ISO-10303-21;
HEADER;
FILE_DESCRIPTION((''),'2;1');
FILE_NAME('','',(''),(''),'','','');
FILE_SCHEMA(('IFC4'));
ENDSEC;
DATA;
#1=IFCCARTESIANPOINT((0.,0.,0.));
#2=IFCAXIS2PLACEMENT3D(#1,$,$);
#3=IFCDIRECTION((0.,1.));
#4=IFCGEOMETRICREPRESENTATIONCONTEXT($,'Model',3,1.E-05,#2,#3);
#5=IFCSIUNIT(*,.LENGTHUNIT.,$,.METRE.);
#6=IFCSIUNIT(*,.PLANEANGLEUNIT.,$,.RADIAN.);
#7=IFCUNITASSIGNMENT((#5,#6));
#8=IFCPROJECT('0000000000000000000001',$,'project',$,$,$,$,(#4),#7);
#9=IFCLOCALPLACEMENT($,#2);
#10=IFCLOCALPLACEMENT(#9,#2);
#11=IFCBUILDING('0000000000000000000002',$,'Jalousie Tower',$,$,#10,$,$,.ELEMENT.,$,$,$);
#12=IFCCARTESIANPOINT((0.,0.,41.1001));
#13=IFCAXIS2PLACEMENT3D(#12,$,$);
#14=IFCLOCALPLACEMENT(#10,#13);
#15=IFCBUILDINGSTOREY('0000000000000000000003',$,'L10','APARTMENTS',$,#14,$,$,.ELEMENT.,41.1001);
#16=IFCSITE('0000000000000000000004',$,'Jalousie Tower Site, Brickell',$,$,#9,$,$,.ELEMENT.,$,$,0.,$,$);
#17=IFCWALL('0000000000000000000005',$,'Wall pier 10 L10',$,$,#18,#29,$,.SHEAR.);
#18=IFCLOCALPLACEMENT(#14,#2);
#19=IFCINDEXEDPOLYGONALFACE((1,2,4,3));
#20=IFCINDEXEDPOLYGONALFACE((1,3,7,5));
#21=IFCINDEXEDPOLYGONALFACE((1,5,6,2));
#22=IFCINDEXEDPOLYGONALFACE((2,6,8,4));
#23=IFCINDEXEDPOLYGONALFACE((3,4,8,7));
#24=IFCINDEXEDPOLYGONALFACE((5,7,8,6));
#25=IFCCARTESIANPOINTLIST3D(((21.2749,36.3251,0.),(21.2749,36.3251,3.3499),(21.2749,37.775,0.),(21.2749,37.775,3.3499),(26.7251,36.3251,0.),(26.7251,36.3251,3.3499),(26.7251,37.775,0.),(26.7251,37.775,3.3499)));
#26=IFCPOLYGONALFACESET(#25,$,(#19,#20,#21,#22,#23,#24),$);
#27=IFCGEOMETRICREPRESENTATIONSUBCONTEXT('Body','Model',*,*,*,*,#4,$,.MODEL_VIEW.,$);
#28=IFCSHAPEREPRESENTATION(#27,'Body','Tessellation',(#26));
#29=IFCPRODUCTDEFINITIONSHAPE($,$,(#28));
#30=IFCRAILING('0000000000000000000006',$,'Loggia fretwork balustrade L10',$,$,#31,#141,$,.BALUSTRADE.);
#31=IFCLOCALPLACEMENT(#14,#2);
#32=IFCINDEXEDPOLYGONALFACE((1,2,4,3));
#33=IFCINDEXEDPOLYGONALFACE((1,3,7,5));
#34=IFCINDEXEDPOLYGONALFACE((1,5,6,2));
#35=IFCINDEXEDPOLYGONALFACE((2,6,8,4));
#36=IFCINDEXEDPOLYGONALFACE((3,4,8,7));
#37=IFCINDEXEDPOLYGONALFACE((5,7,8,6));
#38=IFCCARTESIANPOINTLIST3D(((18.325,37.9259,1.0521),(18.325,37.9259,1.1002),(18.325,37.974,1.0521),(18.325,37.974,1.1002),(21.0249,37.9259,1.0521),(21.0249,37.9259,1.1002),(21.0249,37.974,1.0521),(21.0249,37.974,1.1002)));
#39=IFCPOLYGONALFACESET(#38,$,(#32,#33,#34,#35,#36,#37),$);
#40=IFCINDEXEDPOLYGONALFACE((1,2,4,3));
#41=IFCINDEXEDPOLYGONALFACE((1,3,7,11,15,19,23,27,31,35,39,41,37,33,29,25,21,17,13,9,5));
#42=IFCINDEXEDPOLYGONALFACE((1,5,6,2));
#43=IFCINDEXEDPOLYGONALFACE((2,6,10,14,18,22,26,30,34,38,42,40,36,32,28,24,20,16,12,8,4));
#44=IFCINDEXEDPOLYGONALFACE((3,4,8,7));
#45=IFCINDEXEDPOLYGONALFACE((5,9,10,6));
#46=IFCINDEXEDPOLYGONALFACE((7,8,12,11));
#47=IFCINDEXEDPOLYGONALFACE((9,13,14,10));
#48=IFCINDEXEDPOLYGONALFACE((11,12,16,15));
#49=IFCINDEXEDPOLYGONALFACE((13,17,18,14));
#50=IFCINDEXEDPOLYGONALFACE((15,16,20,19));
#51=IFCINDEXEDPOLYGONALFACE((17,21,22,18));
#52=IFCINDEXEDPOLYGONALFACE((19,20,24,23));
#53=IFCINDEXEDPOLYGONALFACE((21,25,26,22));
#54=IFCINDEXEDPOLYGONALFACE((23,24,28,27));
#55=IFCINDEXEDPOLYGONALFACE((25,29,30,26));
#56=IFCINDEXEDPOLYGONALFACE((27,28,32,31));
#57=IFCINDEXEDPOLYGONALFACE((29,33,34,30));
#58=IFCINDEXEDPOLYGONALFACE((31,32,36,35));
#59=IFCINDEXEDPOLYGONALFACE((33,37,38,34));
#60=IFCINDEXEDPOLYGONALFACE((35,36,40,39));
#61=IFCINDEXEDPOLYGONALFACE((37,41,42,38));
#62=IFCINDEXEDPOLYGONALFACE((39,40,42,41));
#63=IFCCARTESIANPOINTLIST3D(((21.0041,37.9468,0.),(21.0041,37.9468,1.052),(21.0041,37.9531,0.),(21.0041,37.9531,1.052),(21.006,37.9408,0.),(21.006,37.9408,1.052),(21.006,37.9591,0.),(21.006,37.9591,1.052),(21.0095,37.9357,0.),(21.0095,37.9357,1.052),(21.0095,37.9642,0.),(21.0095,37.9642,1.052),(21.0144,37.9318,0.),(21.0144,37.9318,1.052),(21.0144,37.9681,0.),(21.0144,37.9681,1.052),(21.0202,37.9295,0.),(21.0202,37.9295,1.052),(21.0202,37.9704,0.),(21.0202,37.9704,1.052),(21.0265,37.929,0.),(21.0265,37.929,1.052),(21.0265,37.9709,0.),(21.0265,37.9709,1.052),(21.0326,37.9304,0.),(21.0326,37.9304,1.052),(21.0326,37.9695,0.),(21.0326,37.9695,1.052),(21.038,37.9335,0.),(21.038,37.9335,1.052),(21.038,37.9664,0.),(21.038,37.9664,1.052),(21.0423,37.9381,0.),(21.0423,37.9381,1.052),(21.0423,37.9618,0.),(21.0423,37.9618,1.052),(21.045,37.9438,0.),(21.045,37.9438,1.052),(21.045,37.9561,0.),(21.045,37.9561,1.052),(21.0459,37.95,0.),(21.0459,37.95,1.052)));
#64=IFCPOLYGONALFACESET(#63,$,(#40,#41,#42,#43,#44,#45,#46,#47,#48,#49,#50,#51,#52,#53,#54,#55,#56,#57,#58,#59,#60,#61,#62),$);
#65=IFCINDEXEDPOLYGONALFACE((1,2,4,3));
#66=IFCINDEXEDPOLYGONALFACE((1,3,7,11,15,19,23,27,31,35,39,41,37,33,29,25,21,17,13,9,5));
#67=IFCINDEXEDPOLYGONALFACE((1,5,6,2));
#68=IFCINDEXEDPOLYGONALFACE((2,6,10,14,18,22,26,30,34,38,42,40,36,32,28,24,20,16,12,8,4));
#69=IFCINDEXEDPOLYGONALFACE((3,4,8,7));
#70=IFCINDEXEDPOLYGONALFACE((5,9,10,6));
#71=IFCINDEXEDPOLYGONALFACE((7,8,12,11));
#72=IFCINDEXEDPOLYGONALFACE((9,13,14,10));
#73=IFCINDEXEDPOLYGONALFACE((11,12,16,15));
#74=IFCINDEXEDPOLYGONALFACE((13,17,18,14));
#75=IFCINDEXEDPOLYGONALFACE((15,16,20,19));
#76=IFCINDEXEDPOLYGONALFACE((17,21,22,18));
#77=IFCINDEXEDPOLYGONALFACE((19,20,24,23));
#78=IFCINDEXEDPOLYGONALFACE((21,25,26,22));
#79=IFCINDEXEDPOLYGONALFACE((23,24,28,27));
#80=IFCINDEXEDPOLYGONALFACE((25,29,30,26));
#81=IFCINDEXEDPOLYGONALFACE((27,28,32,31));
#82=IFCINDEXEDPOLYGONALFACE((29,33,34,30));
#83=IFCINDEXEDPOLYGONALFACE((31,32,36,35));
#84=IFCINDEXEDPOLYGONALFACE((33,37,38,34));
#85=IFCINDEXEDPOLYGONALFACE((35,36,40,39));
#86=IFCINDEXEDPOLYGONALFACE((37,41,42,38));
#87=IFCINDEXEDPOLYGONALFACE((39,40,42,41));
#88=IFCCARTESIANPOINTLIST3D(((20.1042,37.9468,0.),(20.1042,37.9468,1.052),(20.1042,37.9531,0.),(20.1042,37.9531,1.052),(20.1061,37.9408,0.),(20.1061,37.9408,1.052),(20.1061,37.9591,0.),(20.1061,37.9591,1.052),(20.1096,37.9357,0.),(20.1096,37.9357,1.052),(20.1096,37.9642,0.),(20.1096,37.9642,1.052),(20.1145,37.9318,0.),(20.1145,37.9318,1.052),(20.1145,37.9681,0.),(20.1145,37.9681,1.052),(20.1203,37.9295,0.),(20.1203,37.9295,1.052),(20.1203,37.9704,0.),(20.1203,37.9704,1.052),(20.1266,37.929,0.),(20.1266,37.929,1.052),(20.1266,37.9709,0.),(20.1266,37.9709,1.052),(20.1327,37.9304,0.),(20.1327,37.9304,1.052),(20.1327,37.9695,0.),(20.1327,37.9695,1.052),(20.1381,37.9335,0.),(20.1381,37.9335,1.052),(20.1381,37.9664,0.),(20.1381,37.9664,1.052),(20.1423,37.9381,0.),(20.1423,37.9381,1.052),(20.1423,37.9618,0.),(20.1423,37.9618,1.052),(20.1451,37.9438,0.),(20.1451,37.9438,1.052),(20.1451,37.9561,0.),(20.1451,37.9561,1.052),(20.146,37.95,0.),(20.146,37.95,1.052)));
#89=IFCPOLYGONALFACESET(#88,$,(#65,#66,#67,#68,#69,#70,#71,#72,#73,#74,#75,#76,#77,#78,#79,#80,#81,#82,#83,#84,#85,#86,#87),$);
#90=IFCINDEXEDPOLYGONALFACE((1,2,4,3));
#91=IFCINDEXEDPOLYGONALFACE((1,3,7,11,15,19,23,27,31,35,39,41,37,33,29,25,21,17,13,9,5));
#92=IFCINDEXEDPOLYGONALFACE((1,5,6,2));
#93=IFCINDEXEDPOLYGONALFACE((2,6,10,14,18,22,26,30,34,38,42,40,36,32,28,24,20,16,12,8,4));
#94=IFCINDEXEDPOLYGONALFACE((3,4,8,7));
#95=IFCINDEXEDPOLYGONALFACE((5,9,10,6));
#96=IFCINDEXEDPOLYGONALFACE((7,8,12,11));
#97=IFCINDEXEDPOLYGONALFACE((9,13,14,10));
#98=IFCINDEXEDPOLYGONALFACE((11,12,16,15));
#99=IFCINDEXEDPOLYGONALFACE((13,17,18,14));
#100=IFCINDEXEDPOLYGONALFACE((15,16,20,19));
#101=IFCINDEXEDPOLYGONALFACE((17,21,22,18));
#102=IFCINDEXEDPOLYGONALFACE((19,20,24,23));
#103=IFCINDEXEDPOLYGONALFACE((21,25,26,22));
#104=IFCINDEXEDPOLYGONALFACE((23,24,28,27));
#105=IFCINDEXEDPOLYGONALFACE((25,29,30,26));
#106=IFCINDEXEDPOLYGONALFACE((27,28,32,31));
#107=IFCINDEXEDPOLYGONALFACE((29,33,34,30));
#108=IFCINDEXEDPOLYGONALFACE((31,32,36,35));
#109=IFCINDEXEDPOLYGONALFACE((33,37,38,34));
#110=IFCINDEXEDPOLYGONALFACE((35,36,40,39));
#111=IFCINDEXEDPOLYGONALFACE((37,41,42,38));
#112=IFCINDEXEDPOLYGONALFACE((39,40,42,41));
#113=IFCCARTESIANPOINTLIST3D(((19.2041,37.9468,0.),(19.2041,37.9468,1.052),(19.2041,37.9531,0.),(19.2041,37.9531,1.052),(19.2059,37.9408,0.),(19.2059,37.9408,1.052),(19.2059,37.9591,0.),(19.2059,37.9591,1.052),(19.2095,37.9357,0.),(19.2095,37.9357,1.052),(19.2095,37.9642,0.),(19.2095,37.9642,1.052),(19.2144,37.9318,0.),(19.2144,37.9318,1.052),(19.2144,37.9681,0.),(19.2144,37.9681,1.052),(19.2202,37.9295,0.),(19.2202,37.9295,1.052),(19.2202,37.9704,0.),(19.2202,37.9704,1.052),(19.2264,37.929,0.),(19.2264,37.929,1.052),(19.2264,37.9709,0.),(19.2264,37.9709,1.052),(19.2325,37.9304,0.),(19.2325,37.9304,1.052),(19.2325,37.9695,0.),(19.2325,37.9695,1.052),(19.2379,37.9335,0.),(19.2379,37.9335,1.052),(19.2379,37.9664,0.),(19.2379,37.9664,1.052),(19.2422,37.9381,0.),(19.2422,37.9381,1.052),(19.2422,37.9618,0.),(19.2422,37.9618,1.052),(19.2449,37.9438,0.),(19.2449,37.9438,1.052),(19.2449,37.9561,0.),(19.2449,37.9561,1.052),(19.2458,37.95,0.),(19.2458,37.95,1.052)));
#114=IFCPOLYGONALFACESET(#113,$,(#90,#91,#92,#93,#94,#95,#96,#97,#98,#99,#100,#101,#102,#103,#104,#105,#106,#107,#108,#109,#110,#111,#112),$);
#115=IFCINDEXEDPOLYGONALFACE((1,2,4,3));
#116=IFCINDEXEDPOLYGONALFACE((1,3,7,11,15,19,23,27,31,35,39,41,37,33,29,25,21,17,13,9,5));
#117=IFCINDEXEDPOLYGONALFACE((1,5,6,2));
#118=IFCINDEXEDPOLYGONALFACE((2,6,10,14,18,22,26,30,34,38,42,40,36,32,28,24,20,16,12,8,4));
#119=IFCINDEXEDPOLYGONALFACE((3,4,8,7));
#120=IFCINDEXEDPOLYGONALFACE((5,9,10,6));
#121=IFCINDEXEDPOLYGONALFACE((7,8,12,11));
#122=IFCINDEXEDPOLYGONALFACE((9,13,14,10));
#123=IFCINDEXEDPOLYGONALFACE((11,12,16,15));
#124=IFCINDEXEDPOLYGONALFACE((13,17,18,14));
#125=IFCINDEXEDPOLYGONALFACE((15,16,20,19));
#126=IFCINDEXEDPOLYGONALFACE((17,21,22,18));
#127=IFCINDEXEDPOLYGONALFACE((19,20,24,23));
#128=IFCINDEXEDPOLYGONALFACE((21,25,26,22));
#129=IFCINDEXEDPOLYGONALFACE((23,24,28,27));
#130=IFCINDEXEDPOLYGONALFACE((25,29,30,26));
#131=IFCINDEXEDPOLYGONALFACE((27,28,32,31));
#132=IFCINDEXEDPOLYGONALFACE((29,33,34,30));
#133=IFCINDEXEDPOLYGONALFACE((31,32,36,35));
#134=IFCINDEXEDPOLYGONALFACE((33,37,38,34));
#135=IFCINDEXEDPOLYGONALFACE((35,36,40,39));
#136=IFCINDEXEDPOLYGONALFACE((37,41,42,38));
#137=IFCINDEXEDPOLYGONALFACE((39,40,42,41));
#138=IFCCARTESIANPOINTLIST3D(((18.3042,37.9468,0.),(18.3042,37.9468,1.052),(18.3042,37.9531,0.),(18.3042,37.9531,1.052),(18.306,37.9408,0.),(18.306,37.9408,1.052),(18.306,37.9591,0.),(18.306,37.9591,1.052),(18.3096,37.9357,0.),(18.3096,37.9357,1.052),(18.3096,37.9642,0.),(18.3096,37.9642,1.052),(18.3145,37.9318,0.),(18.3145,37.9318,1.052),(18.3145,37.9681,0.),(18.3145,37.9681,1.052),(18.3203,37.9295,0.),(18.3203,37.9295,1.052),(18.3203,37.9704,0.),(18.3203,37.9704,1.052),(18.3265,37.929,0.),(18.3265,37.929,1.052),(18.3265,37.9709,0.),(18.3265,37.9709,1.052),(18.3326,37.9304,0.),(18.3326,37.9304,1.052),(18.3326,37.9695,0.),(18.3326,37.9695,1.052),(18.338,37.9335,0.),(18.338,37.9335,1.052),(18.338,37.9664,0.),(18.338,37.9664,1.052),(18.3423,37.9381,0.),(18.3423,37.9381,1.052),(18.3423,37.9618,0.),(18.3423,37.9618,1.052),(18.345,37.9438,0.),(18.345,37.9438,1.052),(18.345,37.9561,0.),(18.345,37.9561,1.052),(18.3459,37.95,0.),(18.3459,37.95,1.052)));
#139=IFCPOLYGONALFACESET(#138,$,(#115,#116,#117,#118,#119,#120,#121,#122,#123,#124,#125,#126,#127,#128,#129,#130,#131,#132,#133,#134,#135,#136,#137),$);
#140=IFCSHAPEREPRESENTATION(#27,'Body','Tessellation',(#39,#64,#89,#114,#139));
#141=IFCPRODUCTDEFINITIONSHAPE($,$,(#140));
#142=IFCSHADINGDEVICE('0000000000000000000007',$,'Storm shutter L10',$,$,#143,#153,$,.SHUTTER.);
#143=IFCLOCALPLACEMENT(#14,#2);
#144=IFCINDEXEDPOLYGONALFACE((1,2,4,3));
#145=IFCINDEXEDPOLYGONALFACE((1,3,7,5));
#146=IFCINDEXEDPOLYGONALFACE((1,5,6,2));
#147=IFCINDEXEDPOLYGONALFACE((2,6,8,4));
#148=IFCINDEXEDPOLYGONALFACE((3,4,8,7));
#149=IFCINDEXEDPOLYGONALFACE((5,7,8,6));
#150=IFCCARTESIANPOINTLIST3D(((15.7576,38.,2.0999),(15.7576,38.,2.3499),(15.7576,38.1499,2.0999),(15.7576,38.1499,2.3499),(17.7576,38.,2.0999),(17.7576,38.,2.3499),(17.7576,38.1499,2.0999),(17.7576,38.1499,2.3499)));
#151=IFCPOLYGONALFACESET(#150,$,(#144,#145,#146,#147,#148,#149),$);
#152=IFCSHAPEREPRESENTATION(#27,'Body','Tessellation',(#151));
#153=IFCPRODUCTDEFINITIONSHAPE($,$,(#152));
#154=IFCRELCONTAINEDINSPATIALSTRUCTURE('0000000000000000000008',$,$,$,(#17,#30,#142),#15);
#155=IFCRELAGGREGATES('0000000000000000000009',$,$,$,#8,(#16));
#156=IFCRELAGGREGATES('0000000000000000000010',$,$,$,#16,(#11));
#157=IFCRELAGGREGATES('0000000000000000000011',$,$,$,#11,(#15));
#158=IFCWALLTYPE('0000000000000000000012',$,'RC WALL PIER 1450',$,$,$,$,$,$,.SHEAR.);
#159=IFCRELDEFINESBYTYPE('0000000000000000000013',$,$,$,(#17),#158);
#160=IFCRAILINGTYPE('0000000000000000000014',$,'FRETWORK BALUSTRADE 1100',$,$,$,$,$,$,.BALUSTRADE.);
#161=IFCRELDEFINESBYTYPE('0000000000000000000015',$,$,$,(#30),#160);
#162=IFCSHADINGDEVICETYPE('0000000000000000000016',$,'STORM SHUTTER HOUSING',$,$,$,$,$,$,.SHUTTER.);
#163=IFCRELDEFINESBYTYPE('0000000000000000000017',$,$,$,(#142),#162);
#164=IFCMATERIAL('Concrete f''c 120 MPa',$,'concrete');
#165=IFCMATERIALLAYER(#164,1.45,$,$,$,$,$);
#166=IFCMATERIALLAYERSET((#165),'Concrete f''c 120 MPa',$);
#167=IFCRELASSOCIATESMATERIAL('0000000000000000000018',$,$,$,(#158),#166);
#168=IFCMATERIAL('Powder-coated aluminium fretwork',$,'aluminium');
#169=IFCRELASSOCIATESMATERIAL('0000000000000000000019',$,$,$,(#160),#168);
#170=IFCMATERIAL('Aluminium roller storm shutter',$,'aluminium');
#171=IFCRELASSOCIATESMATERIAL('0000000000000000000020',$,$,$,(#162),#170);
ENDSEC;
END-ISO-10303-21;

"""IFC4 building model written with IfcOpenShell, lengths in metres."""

from ifc_helpers import new_model, si_unit, direction, frame, frame_2d, origin, origin_2d, place, context, subcontext, project, spatial, rectangle, circle, extrude, material, layer, layer_set, type_object, element, save


model = new_model("IFC4")

# Units and contexts
model_context = context("Model", 3, precision=1e-05, world=origin(), true_north=direction((0.0, 1.0)))
body_context = subcontext(model_context, "Body", "Model", "MODEL_VIEW")
ifc_project = project(units=[si_unit("LENGTHUNIT", "METRE"), si_unit("PLANEANGLEUNIT", "RADIAN")], contexts=[model_context])

# Site, building, storey
site_placement = place(None, origin())
site = spatial("IfcSite", under=ifc_project, at=site_placement, Name="Jalousie Tower Site, Brickell", CompositionType="ELEMENT", RefElevation=0.0)
building_placement = place(site_placement, origin())
building = spatial("IfcBuilding", under=site, at=building_placement, Name="Jalousie Tower", CompositionType="ELEMENT")
storey_placement = place(building_placement, frame((0.0, 0.0, 41.1001)))
storey = spatial("IfcBuildingStorey", under=building, at=storey_placement, Name="L10", Description="APARTMENTS", CompositionType="ELEMENT", Elevation=41.1001)

# Wall
ifc_material_1 = material(Name="Concrete f'c 120 MPa", Category="concrete")
ifc_layer_1 = layer(ifc_material_1, 1.45)
ifc_layer_set_1 = layer_set([ifc_layer_1], Name="Concrete f'c 120 MPa")
wall_type_1 = type_object("IfcWallType", Name="RC WALL PIER 1450", PredefinedType="SHEAR", material=ifc_layer_set_1)
wall_1_placement = place(storey_placement, frame((21.2749, 37.05, 0.0), z_axis=(0.0, 0.0, 1.0), x_axis=(1.0, 0.0, 0.0)))
element("IfcWall", 1, at=wall_1_placement, inside=storey, type_object=wall_type_1, Name="Wall pier 10 L10", PredefinedType="SHEAR", context=body_context, shape_type="SweptSolid", body=[
    extrude(rectangle(XDim=5.4502, YDim=1.45, at=frame_2d((2.7251, 0.0))), origin(), (0.0, 0.0, 1.0), 3.3499),
])

# Railing
ifc_material_2 = material(Name="Powder-coated aluminium fretwork", Category="aluminium")
railing_type = type_object("IfcRailingType", Name="FRETWORK BALUSTRADE 1100", PredefinedType="BALUSTRADE", material=ifc_material_2)
railing_placement = place(storey_placement, frame((21.0249, 37.95, 0.0)))
element("IfcRailing", 2, at=railing_placement, inside=storey, type_object=railing_type, Name="Loggia fretwork balustrade L10", PredefinedType="BALUSTRADE", context=body_context, shape_type="SweptSolid", body=[
    extrude(rectangle(XDim=0.0481, YDim=0.0481, at=origin_2d()), frame((0.0, 0.0, 1.0762), z_axis=(-1.0, 0.0, 0.0), x_axis=(0.0, -1.0, 0.0)), (0.0, 0.0, 1.0), 2.7),
    extrude(circle(Radius=0.021, at=origin_2d()), origin(), (0.0, 0.0, 1.0), 1.052),
    extrude(circle(Radius=0.021, at=origin_2d()), frame((-0.8999, 0.0, 0.0)), (0.0, 0.0, 1.0), 1.052),
    extrude(circle(Radius=0.021, at=origin_2d()), frame((-1.8, 0.0, 0.0)), (0.0, 0.0, 1.0), 1.052),
    extrude(circle(Radius=0.021, at=origin_2d()), frame((-2.7, 0.0, 0.0)), (0.0, 0.0, 1.0), 1.052),
])

# Shading device
ifc_material_3 = material(Name="Aluminium roller storm shutter", Category="aluminium")
shading_device_type = type_object("IfcShadingDeviceType", Name="STORM SHUTTER HOUSING", PredefinedType="SHUTTER", material=ifc_material_3)
shading_device_placement = place(storey_placement, frame((16.7576, 38.075, 2.0999), z_axis=(0.0, 0.0, 1.0), x_axis=(-1.0, 0.0, 0.0)))
element("IfcShadingDevice", 3, at=shading_device_placement, inside=storey, type_object=shading_device_type, Name="Storm shutter L10", PredefinedType="SHUTTER", context=body_context, shape_type="SweptSolid", body=[
    extrude(rectangle(XDim=2.0, YDim=0.1499, at=origin_2d()), origin(), (0.0, 0.0, 1.0), 0.25),
])

save(model, "model.ifc")
